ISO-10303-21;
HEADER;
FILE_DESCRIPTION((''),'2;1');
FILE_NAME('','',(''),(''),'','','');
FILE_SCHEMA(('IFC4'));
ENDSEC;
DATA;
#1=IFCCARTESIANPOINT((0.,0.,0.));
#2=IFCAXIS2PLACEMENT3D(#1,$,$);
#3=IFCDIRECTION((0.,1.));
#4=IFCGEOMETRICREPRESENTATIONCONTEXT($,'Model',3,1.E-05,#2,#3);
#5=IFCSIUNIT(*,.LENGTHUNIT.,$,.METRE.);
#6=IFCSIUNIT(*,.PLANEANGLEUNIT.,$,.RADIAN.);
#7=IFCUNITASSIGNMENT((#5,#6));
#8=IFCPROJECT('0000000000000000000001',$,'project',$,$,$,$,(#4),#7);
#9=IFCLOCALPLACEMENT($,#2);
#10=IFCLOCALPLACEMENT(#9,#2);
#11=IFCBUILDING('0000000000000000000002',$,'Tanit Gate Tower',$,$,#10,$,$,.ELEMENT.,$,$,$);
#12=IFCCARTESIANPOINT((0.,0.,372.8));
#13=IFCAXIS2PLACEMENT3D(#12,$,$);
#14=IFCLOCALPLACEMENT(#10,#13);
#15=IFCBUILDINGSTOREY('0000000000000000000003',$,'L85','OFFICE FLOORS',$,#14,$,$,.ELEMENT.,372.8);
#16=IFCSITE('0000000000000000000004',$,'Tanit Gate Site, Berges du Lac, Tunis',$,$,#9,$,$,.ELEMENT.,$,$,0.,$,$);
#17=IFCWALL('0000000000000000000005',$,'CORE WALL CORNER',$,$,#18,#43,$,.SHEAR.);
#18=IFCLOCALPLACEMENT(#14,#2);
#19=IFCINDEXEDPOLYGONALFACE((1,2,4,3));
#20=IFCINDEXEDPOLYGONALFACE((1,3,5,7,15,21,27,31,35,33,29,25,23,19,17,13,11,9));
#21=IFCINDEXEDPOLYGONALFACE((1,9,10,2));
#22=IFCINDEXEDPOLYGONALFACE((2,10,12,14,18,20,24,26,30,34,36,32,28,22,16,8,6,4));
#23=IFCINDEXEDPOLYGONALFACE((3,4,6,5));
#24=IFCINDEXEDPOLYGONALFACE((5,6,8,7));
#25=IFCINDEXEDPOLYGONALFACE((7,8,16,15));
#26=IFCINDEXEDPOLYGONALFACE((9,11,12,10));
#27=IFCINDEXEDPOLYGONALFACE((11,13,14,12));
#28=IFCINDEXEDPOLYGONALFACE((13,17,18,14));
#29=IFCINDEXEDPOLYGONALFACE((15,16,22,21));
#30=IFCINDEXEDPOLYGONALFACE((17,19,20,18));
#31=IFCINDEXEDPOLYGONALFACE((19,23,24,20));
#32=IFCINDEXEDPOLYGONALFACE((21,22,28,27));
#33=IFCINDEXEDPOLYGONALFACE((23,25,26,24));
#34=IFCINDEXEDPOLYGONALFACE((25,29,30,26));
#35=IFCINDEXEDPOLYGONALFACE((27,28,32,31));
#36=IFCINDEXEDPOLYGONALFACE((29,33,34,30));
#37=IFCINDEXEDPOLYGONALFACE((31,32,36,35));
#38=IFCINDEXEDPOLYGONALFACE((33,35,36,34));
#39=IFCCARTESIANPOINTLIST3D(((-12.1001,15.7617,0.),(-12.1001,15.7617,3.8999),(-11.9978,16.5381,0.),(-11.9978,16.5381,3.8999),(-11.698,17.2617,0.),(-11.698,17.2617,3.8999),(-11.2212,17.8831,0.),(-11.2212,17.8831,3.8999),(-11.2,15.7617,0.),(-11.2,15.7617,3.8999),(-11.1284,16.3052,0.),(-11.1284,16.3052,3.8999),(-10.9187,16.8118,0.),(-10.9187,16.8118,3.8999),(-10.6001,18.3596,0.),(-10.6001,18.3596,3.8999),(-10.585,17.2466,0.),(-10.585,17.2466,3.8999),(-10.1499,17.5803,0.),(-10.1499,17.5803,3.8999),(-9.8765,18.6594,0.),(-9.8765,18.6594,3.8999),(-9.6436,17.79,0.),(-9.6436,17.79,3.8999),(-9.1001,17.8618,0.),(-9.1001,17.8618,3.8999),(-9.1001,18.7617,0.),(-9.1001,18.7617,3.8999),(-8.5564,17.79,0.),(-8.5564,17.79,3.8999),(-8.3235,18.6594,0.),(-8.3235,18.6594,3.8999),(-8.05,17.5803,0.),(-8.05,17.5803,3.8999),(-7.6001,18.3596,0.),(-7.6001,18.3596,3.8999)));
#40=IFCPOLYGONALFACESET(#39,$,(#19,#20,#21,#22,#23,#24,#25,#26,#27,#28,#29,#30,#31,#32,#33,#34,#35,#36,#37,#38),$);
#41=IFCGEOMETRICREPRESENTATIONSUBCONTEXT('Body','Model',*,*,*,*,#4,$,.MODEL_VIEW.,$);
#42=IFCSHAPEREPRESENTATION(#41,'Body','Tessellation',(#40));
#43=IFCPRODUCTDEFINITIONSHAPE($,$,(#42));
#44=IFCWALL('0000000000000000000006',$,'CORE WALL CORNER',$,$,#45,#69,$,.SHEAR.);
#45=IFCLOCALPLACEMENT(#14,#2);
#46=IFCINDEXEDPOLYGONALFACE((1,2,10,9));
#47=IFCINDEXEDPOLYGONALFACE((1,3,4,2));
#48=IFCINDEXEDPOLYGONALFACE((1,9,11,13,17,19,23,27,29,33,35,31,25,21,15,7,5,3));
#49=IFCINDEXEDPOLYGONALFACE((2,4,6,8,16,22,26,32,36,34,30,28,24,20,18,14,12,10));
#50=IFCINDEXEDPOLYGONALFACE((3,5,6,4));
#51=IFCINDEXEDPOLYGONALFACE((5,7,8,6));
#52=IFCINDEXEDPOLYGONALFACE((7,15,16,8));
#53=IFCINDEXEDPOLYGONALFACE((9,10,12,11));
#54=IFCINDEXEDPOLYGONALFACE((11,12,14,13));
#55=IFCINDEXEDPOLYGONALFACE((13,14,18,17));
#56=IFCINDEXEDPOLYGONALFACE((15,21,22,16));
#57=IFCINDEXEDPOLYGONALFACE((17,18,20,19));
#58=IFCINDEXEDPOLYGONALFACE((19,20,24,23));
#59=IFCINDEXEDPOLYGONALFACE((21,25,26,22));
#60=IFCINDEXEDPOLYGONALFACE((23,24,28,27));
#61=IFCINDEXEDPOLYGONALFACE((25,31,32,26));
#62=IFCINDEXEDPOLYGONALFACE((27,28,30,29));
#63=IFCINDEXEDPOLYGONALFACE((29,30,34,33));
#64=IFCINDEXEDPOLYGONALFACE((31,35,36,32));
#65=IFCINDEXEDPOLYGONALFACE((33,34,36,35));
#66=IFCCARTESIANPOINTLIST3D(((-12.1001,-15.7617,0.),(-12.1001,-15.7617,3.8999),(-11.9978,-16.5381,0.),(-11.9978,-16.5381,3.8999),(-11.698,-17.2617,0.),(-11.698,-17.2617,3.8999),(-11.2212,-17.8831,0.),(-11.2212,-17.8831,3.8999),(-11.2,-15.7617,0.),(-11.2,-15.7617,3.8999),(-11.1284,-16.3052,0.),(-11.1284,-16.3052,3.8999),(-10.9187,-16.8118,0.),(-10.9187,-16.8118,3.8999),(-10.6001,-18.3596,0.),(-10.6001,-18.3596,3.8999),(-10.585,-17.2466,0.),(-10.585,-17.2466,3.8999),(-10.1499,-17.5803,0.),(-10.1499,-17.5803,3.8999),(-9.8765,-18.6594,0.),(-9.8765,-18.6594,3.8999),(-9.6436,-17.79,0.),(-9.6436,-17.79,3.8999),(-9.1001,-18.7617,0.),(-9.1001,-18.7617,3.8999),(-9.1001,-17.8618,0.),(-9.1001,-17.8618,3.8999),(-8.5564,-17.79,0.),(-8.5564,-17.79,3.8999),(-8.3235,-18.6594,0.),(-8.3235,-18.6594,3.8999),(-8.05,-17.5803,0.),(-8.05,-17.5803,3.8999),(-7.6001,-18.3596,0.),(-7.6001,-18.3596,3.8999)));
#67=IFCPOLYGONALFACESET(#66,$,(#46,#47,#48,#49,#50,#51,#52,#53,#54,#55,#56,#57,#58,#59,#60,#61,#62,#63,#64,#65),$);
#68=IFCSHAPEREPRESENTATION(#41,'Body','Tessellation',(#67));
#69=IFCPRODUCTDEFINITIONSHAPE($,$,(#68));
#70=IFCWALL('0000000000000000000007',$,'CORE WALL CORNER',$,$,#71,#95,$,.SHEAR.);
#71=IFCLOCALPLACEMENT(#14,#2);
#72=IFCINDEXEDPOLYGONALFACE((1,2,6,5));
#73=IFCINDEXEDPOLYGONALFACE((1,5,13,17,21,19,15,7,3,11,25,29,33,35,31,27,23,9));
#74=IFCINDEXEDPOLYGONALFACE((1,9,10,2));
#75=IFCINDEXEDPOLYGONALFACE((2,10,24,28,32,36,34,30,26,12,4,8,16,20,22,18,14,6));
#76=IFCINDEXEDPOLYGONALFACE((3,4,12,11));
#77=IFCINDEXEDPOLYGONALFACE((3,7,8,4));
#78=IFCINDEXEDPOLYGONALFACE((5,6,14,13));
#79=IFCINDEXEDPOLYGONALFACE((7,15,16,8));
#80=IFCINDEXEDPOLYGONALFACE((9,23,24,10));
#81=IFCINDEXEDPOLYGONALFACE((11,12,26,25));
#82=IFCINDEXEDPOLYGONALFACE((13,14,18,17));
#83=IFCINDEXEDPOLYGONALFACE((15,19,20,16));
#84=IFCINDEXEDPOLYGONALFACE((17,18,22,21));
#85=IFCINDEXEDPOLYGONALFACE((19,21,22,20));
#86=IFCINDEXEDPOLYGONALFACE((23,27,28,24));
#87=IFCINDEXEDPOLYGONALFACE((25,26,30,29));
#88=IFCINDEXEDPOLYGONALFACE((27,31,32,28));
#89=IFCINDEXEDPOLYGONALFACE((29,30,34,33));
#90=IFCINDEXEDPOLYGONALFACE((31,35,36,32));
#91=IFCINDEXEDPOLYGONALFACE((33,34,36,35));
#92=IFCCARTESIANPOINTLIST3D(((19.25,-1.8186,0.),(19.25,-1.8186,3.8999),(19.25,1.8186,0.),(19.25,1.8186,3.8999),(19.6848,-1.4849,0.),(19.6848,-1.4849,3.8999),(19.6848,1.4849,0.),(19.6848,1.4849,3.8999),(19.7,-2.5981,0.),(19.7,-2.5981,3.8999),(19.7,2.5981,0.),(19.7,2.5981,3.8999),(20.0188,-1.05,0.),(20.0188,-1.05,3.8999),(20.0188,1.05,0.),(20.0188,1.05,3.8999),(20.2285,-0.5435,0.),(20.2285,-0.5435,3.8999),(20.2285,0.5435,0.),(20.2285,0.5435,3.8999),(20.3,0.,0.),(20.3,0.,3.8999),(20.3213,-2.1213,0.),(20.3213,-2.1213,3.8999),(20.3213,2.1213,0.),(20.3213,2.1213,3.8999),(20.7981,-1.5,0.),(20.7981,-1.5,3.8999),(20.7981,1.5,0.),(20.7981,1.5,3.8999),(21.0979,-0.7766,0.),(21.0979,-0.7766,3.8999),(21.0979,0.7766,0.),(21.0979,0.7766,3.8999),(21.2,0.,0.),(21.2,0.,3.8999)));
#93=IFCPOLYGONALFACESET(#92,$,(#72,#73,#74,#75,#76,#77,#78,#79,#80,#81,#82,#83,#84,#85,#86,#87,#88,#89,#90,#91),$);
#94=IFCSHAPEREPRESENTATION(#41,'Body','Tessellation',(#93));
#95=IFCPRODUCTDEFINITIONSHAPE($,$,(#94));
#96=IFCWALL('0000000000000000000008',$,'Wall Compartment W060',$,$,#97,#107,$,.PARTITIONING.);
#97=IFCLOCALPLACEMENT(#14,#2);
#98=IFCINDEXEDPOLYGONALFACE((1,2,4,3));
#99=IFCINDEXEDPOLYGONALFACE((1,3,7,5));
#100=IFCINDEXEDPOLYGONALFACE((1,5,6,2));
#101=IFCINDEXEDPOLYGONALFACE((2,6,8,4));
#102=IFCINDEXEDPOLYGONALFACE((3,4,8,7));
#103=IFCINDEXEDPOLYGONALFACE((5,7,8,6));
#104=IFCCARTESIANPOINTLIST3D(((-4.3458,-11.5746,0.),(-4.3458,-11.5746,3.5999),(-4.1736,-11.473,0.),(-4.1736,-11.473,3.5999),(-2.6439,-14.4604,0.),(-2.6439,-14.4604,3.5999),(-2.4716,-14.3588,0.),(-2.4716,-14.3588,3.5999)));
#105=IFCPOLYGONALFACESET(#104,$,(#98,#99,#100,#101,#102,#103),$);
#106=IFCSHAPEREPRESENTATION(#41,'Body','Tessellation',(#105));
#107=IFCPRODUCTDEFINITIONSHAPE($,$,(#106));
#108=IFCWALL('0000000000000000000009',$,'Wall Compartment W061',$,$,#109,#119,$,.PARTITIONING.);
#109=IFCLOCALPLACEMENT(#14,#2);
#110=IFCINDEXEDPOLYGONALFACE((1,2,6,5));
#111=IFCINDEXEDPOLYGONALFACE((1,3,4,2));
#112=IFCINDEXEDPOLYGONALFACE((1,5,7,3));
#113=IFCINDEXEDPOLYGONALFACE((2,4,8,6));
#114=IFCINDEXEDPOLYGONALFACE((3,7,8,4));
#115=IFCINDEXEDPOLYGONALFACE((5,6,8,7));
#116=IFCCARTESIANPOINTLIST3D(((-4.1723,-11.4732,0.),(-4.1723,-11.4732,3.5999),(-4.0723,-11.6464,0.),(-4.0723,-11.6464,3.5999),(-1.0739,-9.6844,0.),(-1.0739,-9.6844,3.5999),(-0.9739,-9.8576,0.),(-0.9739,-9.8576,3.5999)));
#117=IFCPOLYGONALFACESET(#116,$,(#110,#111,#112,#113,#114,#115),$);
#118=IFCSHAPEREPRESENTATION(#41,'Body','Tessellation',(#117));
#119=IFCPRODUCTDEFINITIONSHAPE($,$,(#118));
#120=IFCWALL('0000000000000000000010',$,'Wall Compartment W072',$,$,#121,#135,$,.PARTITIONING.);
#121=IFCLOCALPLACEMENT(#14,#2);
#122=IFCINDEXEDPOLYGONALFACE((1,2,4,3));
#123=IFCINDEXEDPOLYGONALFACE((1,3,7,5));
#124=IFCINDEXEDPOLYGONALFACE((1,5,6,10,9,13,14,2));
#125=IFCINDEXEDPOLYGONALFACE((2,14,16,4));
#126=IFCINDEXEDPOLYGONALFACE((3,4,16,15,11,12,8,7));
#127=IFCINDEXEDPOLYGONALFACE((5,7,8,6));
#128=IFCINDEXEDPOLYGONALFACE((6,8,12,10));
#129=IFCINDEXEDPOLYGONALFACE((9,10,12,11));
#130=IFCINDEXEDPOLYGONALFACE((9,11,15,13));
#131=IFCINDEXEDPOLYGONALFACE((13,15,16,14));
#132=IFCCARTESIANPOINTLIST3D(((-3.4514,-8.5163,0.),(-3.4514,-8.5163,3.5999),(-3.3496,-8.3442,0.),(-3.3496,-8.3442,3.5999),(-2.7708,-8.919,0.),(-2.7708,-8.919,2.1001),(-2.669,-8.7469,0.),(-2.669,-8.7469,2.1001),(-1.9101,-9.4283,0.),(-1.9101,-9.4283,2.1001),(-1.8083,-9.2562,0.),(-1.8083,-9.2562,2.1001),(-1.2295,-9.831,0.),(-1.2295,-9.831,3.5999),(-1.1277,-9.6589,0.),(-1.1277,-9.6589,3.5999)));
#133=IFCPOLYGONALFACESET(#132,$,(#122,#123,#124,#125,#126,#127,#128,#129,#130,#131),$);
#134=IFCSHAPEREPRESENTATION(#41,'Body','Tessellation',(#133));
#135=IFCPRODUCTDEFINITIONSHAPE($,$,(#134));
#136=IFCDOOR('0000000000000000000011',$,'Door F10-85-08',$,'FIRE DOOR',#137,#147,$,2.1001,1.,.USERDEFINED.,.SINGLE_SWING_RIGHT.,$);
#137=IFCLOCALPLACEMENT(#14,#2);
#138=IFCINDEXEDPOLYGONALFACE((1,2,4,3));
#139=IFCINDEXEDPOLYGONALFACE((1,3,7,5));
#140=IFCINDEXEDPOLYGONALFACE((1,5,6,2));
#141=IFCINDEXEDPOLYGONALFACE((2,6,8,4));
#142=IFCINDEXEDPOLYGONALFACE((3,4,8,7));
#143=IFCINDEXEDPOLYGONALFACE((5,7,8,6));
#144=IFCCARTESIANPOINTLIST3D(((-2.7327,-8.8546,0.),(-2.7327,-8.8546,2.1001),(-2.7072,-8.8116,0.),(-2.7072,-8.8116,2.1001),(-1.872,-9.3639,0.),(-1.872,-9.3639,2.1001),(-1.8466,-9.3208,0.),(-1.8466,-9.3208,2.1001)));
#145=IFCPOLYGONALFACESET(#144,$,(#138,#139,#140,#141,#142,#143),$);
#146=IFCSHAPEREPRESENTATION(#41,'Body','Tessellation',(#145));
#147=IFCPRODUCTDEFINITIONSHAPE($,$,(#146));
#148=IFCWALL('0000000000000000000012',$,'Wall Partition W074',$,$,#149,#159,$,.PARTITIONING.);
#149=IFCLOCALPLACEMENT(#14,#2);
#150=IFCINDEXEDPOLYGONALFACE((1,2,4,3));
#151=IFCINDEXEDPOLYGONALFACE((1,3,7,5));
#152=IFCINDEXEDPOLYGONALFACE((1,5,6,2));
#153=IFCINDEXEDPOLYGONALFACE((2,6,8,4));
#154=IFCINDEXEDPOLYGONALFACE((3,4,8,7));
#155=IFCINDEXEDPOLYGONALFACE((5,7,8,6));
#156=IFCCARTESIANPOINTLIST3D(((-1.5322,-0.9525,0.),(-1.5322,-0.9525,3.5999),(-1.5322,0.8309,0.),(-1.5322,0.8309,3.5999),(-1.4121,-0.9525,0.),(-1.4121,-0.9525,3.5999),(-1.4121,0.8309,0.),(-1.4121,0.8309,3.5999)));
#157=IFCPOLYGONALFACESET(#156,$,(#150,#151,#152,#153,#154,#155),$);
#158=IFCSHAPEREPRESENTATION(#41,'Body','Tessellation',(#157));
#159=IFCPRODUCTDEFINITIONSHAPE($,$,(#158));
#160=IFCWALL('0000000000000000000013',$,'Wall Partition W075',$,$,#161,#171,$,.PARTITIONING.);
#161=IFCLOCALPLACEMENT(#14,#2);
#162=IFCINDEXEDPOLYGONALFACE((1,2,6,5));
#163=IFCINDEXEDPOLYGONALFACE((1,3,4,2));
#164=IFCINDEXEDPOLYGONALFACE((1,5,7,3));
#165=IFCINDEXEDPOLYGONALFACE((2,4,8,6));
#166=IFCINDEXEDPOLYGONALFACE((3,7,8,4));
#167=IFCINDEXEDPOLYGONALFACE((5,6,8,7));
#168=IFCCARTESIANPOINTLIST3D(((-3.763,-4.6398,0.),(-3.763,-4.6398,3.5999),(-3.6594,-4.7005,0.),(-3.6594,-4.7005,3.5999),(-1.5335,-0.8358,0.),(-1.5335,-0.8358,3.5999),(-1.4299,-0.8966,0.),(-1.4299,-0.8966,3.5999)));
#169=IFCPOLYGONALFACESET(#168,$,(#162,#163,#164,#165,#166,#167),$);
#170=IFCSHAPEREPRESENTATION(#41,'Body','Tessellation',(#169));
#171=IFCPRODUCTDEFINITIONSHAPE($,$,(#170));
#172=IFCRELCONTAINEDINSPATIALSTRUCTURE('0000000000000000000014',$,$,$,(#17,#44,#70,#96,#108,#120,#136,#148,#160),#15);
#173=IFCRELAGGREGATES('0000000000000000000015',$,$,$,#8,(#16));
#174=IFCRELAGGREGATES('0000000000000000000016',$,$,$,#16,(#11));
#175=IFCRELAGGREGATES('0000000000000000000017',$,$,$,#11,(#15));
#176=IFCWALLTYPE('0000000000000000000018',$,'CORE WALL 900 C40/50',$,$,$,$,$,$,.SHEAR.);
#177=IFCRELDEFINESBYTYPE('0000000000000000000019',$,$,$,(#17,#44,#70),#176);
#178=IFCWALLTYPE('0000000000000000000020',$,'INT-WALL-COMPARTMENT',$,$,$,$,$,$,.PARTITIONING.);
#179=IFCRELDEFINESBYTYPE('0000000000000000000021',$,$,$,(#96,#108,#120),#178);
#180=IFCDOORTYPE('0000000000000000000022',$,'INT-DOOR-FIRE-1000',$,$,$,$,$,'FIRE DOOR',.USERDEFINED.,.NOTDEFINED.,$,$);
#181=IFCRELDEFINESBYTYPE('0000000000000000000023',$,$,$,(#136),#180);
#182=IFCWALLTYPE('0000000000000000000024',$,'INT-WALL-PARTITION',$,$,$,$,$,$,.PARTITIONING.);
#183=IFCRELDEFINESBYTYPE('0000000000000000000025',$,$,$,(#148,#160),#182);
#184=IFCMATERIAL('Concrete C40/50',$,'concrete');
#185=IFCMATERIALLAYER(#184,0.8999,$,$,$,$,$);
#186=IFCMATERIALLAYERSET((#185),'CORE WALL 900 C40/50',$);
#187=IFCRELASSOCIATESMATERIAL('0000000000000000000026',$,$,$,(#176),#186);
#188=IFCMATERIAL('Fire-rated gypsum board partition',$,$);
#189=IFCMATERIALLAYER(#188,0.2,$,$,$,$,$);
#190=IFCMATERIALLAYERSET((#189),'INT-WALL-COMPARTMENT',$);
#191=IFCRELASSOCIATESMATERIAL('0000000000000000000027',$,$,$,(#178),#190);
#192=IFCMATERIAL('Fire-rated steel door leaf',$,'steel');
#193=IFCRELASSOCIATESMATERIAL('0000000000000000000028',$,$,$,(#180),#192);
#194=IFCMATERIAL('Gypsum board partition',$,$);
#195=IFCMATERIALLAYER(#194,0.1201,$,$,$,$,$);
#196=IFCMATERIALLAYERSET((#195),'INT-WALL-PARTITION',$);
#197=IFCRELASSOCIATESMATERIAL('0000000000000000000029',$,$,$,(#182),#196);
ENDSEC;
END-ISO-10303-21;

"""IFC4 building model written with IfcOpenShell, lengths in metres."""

from ifc_helpers import new_model, si_unit, direction, frame, frame_2d, origin, place, context, subcontext, project, spatial, polyline, rectangle, outline, extrude, material, layer, layer_set, type_object, element, fill, save


model = new_model("IFC4")

# Units and contexts
model_context = context("Model", 3, precision=1e-05, world=origin(), true_north=direction((0.0, 1.0)))
body_context = subcontext(model_context, "Body", "Model", "MODEL_VIEW")
ifc_project = project(units=[si_unit("LENGTHUNIT", "METRE"), si_unit("PLANEANGLEUNIT", "RADIAN")], contexts=[model_context])

# Site, building, storey
site_placement = place(None, origin())
site = spatial("IfcSite", under=ifc_project, at=site_placement, Name="Tanit Gate Site, Berges du Lac, Tunis", CompositionType="ELEMENT", RefElevation=0.0)
building_placement = place(site_placement, origin())
building = spatial("IfcBuilding", under=site, at=building_placement, Name="Tanit Gate Tower", CompositionType="ELEMENT")
storey_placement = place(building_placement, frame((0.0, 0.0, 372.8)))
storey = spatial("IfcBuildingStorey", under=building, at=storey_placement, Name="L85", Description="OFFICE FLOORS", CompositionType="ELEMENT", Elevation=372.8)

# Walls
ifc_material_1 = material(Name="Concrete C40/50", Category="concrete")
ifc_layer_1 = layer(ifc_material_1, 0.8999)
ifc_layer_set_1 = layer_set([ifc_layer_1], Name="CORE WALL 900 C40/50")
wall_type_1 = type_object("IfcWallType", Name="CORE WALL 900 C40/50", PredefinedType="SHEAR", material=ifc_layer_set_1)
wall_1_placement = place(storey_placement, origin())
element("IfcWall", 1, at=wall_1_placement, inside=storey, type_object=wall_type_1, Name="CORE WALL CORNER", PredefinedType="SHEAR", context=body_context, shape_type="SweptSolid", body=[
    extrude(outline(polyline([(-7.6001, 18.3596), (-8.3235, 18.6594), (-9.1001, 18.7617), (-9.8765, 18.6594), (-10.6001, 18.3596), (-11.2212, 17.8831), (-11.698, 17.2617), (-11.9978, 16.5381), (-12.1001, 15.7617), (-11.2, 15.7617), (-11.1284, 16.3052), (-10.9187, 16.8118), (-10.585, 17.2466), (-10.1499, 17.5803), (-9.6436, 17.79), (-9.1001, 17.8618), (-8.5564, 17.79), (-8.05, 17.5803), (-7.6001, 18.3596)])), origin(), (0.0, 0.0, 1.0), 3.8999),
])
wall_2_placement = place(storey_placement, origin())
element("IfcWall", 2, at=wall_2_placement, inside=storey, type_object=wall_type_1, Name="CORE WALL CORNER", PredefinedType="SHEAR", context=body_context, shape_type="SweptSolid", body=[
    extrude(outline(polyline([(-12.1001, -15.7617), (-11.9978, -16.5381), (-11.698, -17.2617), (-11.2212, -17.8831), (-10.6001, -18.3596), (-9.8765, -18.6594), (-9.1001, -18.7617), (-8.3235, -18.6594), (-7.6001, -18.3596), (-8.05, -17.5803), (-8.5564, -17.79), (-9.1001, -17.8618), (-9.6436, -17.79), (-10.1499, -17.5803), (-10.585, -17.2466), (-10.9187, -16.8118), (-11.1284, -16.3052), (-11.2, -15.7617), (-12.1001, -15.7617)])), origin(), (0.0, 0.0, 1.0), 3.8999),
])
wall_3_placement = place(storey_placement, origin())
element("IfcWall", 3, at=wall_3_placement, inside=storey, type_object=wall_type_1, Name="CORE WALL CORNER", PredefinedType="SHEAR", context=body_context, shape_type="SweptSolid", body=[
    extrude(outline(polyline([(19.7, -2.5981), (20.3213, -2.1213), (20.7981, -1.5), (21.0979, -0.7766), (21.2, 0.0), (21.0979, 0.7766), (20.7981, 1.5), (20.3213, 2.1213), (19.7, 2.5981), (19.25, 1.8186), (19.6848, 1.4849), (20.0188, 1.05), (20.2285, 0.5435), (20.3, 0.0), (20.2285, -0.5435), (20.0188, -1.05), (19.6848, -1.4849), (19.25, -1.8186), (19.7, -2.5981)])), origin(), (0.0, 0.0, 1.0), 3.8999),
])
ifc_material_2 = material(Name="Fire-rated gypsum board partition")
ifc_layer_2 = layer(ifc_material_2, 0.2)
ifc_layer_set_2 = layer_set([ifc_layer_2], Name="INT-WALL-COMPARTMENT")
wall_type_2 = type_object("IfcWallType", Name="INT-WALL-COMPARTMENT", PredefinedType="PARTITIONING", material=ifc_layer_set_2)
wall_4_placement = place(storey_placement, frame((-4.2598, -11.5237, 0.0), z_axis=(0.0, 0.0, 1.0), x_axis=(0.507997, -0.861359, 0.0)))
element("IfcWall", 4, at=wall_4_placement, inside=storey, type_object=wall_type_2, Name="Wall Compartment W060", PredefinedType="PARTITIONING", context=body_context, shape_type="SweptSolid", body=[
    extrude(rectangle(XDim=3.3503, YDim=0.2, at=frame_2d((1.6753, 0.0))), origin(), (0.0, 0.0, 1.0), 3.5999),
])
wall_5_placement = place(storey_placement, frame((-1.0239, -9.771, 0.0), z_axis=(0.0, 0.0, 1.0), x_axis=(-0.86603, -0.499992, 0.0)))
element("IfcWall", 5, at=wall_5_placement, inside=storey, type_object=wall_type_2, Name="Wall Compartment W061", PredefinedType="PARTITIONING", context=body_context, shape_type="SweptSolid", body=[
    extrude(rectangle(XDim=3.5776, YDim=0.2, at=frame_2d((1.7888, 0.0))), origin(), (0.0, 0.0, 1.0), 3.5999),
])

# Wall, opening, door
wall_6_placement = place(storey_placement, frame((-3.4006, -8.4302, 0.0), z_axis=(0.0, 0.0, 1.0), x_axis=(0.860631, -0.509229, 0.0)))
wall_6 = element("IfcWall", 6, at=wall_6_placement, inside=storey, type_object=wall_type_2, Name="Wall Compartment W072", PredefinedType="PARTITIONING", context=body_context, shape_type="SweptSolid", body=[
    extrude(rectangle(XDim=2.5818, YDim=0.2, at=frame_2d((1.291, 0.0))), origin(), (0.0, 0.0, 1.0), 3.5999),
])
opening_1_placement = place(wall_6_placement, frame((0.791, 0.0, 0.0)))
opening_1 = element("IfcOpeningElement", 7, at=opening_1_placement, cuts=wall_6, PredefinedType="OPENING", context=body_context, shape_type="SweptSolid", body=[
    extrude(rectangle(XDim=1.0, YDim=2.1001, at=frame_2d((0.5, 1.05))), frame((0.0, 0.1099, 0.0), z_axis=(0.0, -1.0, 0.0), x_axis=(1.0, 0.0, 0.0)), (0.0, 0.0, 1.0), 0.22),
])
ifc_material_3 = material(Name="Fire-rated steel door leaf", Category="steel")
door_type_1 = type_object("IfcDoorType", Name="INT-DOOR-FIRE-1000", ElementType="FIRE DOOR", OperationType="NOTDEFINED", PredefinedType="USERDEFINED", material=ifc_material_3)
door_1_placement = place(opening_1_placement, origin())
door_1 = element("IfcDoor", 8, at=door_1_placement, inside=storey, type_object=door_type_1, Name="Door F10-85-08", ObjectType="FIRE DOOR", OperationType="SINGLE_SWING_RIGHT", OverallHeight=2.1001, OverallWidth=1.0, PredefinedType="USERDEFINED", context=body_context, shape_type="SweptSolid", body=[
    extrude(rectangle(XDim=1.0, YDim=2.1001, at=frame_2d((0.5, 1.05))), frame((0.0, 0.0249, 0.0), z_axis=(0.0, -1.0, 0.0), x_axis=(1.0, 0.0, 0.0)), (0.0, 0.0, 1.0), 0.05),
])
fill(opening_1, door_1)

# Walls
ifc_material_4 = material(Name="Gypsum board partition")
ifc_layer_3 = layer(ifc_material_4, 0.1201)
ifc_layer_set_3 = layer_set([ifc_layer_3], Name="INT-WALL-PARTITION")
wall_type_3 = type_object("IfcWallType", Name="INT-WALL-PARTITION", PredefinedType="PARTITIONING", material=ifc_layer_set_3)
wall_7_placement = place(storey_placement, frame((-1.4722, -0.9524, 0.0), z_axis=(0.0, 0.0, 1.0), x_axis=(0.0, 1.0, 0.0)))
element("IfcWall", 9, at=wall_7_placement, inside=storey, type_object=wall_type_3, Name="Wall Partition W074", PredefinedType="PARTITIONING", context=body_context, shape_type="SweptSolid", body=[
    extrude(rectangle(XDim=1.7834, YDim=0.1201, at=frame_2d((0.8916, 0.0))), origin(), (0.0, 0.0, 1.0), 3.5999),
])
wall_8_placement = place(storey_placement, frame((-3.7112, -4.6702, 0.0), z_axis=(0.0, 0.0, 1.0), x_axis=(0.50565, 0.862739, 0.0)))
element("IfcWall", 10, at=wall_8_placement, inside=storey, type_object=wall_type_3, Name="Wall Partition W075", PredefinedType="PARTITIONING", context=body_context, shape_type="SweptSolid", body=[
    extrude(rectangle(XDim=4.4092, YDim=0.1201, at=frame_2d((2.2046, 0.0))), origin(), (0.0, 0.0, 1.0), 3.5999),
])

save(model, "model.ifc")
